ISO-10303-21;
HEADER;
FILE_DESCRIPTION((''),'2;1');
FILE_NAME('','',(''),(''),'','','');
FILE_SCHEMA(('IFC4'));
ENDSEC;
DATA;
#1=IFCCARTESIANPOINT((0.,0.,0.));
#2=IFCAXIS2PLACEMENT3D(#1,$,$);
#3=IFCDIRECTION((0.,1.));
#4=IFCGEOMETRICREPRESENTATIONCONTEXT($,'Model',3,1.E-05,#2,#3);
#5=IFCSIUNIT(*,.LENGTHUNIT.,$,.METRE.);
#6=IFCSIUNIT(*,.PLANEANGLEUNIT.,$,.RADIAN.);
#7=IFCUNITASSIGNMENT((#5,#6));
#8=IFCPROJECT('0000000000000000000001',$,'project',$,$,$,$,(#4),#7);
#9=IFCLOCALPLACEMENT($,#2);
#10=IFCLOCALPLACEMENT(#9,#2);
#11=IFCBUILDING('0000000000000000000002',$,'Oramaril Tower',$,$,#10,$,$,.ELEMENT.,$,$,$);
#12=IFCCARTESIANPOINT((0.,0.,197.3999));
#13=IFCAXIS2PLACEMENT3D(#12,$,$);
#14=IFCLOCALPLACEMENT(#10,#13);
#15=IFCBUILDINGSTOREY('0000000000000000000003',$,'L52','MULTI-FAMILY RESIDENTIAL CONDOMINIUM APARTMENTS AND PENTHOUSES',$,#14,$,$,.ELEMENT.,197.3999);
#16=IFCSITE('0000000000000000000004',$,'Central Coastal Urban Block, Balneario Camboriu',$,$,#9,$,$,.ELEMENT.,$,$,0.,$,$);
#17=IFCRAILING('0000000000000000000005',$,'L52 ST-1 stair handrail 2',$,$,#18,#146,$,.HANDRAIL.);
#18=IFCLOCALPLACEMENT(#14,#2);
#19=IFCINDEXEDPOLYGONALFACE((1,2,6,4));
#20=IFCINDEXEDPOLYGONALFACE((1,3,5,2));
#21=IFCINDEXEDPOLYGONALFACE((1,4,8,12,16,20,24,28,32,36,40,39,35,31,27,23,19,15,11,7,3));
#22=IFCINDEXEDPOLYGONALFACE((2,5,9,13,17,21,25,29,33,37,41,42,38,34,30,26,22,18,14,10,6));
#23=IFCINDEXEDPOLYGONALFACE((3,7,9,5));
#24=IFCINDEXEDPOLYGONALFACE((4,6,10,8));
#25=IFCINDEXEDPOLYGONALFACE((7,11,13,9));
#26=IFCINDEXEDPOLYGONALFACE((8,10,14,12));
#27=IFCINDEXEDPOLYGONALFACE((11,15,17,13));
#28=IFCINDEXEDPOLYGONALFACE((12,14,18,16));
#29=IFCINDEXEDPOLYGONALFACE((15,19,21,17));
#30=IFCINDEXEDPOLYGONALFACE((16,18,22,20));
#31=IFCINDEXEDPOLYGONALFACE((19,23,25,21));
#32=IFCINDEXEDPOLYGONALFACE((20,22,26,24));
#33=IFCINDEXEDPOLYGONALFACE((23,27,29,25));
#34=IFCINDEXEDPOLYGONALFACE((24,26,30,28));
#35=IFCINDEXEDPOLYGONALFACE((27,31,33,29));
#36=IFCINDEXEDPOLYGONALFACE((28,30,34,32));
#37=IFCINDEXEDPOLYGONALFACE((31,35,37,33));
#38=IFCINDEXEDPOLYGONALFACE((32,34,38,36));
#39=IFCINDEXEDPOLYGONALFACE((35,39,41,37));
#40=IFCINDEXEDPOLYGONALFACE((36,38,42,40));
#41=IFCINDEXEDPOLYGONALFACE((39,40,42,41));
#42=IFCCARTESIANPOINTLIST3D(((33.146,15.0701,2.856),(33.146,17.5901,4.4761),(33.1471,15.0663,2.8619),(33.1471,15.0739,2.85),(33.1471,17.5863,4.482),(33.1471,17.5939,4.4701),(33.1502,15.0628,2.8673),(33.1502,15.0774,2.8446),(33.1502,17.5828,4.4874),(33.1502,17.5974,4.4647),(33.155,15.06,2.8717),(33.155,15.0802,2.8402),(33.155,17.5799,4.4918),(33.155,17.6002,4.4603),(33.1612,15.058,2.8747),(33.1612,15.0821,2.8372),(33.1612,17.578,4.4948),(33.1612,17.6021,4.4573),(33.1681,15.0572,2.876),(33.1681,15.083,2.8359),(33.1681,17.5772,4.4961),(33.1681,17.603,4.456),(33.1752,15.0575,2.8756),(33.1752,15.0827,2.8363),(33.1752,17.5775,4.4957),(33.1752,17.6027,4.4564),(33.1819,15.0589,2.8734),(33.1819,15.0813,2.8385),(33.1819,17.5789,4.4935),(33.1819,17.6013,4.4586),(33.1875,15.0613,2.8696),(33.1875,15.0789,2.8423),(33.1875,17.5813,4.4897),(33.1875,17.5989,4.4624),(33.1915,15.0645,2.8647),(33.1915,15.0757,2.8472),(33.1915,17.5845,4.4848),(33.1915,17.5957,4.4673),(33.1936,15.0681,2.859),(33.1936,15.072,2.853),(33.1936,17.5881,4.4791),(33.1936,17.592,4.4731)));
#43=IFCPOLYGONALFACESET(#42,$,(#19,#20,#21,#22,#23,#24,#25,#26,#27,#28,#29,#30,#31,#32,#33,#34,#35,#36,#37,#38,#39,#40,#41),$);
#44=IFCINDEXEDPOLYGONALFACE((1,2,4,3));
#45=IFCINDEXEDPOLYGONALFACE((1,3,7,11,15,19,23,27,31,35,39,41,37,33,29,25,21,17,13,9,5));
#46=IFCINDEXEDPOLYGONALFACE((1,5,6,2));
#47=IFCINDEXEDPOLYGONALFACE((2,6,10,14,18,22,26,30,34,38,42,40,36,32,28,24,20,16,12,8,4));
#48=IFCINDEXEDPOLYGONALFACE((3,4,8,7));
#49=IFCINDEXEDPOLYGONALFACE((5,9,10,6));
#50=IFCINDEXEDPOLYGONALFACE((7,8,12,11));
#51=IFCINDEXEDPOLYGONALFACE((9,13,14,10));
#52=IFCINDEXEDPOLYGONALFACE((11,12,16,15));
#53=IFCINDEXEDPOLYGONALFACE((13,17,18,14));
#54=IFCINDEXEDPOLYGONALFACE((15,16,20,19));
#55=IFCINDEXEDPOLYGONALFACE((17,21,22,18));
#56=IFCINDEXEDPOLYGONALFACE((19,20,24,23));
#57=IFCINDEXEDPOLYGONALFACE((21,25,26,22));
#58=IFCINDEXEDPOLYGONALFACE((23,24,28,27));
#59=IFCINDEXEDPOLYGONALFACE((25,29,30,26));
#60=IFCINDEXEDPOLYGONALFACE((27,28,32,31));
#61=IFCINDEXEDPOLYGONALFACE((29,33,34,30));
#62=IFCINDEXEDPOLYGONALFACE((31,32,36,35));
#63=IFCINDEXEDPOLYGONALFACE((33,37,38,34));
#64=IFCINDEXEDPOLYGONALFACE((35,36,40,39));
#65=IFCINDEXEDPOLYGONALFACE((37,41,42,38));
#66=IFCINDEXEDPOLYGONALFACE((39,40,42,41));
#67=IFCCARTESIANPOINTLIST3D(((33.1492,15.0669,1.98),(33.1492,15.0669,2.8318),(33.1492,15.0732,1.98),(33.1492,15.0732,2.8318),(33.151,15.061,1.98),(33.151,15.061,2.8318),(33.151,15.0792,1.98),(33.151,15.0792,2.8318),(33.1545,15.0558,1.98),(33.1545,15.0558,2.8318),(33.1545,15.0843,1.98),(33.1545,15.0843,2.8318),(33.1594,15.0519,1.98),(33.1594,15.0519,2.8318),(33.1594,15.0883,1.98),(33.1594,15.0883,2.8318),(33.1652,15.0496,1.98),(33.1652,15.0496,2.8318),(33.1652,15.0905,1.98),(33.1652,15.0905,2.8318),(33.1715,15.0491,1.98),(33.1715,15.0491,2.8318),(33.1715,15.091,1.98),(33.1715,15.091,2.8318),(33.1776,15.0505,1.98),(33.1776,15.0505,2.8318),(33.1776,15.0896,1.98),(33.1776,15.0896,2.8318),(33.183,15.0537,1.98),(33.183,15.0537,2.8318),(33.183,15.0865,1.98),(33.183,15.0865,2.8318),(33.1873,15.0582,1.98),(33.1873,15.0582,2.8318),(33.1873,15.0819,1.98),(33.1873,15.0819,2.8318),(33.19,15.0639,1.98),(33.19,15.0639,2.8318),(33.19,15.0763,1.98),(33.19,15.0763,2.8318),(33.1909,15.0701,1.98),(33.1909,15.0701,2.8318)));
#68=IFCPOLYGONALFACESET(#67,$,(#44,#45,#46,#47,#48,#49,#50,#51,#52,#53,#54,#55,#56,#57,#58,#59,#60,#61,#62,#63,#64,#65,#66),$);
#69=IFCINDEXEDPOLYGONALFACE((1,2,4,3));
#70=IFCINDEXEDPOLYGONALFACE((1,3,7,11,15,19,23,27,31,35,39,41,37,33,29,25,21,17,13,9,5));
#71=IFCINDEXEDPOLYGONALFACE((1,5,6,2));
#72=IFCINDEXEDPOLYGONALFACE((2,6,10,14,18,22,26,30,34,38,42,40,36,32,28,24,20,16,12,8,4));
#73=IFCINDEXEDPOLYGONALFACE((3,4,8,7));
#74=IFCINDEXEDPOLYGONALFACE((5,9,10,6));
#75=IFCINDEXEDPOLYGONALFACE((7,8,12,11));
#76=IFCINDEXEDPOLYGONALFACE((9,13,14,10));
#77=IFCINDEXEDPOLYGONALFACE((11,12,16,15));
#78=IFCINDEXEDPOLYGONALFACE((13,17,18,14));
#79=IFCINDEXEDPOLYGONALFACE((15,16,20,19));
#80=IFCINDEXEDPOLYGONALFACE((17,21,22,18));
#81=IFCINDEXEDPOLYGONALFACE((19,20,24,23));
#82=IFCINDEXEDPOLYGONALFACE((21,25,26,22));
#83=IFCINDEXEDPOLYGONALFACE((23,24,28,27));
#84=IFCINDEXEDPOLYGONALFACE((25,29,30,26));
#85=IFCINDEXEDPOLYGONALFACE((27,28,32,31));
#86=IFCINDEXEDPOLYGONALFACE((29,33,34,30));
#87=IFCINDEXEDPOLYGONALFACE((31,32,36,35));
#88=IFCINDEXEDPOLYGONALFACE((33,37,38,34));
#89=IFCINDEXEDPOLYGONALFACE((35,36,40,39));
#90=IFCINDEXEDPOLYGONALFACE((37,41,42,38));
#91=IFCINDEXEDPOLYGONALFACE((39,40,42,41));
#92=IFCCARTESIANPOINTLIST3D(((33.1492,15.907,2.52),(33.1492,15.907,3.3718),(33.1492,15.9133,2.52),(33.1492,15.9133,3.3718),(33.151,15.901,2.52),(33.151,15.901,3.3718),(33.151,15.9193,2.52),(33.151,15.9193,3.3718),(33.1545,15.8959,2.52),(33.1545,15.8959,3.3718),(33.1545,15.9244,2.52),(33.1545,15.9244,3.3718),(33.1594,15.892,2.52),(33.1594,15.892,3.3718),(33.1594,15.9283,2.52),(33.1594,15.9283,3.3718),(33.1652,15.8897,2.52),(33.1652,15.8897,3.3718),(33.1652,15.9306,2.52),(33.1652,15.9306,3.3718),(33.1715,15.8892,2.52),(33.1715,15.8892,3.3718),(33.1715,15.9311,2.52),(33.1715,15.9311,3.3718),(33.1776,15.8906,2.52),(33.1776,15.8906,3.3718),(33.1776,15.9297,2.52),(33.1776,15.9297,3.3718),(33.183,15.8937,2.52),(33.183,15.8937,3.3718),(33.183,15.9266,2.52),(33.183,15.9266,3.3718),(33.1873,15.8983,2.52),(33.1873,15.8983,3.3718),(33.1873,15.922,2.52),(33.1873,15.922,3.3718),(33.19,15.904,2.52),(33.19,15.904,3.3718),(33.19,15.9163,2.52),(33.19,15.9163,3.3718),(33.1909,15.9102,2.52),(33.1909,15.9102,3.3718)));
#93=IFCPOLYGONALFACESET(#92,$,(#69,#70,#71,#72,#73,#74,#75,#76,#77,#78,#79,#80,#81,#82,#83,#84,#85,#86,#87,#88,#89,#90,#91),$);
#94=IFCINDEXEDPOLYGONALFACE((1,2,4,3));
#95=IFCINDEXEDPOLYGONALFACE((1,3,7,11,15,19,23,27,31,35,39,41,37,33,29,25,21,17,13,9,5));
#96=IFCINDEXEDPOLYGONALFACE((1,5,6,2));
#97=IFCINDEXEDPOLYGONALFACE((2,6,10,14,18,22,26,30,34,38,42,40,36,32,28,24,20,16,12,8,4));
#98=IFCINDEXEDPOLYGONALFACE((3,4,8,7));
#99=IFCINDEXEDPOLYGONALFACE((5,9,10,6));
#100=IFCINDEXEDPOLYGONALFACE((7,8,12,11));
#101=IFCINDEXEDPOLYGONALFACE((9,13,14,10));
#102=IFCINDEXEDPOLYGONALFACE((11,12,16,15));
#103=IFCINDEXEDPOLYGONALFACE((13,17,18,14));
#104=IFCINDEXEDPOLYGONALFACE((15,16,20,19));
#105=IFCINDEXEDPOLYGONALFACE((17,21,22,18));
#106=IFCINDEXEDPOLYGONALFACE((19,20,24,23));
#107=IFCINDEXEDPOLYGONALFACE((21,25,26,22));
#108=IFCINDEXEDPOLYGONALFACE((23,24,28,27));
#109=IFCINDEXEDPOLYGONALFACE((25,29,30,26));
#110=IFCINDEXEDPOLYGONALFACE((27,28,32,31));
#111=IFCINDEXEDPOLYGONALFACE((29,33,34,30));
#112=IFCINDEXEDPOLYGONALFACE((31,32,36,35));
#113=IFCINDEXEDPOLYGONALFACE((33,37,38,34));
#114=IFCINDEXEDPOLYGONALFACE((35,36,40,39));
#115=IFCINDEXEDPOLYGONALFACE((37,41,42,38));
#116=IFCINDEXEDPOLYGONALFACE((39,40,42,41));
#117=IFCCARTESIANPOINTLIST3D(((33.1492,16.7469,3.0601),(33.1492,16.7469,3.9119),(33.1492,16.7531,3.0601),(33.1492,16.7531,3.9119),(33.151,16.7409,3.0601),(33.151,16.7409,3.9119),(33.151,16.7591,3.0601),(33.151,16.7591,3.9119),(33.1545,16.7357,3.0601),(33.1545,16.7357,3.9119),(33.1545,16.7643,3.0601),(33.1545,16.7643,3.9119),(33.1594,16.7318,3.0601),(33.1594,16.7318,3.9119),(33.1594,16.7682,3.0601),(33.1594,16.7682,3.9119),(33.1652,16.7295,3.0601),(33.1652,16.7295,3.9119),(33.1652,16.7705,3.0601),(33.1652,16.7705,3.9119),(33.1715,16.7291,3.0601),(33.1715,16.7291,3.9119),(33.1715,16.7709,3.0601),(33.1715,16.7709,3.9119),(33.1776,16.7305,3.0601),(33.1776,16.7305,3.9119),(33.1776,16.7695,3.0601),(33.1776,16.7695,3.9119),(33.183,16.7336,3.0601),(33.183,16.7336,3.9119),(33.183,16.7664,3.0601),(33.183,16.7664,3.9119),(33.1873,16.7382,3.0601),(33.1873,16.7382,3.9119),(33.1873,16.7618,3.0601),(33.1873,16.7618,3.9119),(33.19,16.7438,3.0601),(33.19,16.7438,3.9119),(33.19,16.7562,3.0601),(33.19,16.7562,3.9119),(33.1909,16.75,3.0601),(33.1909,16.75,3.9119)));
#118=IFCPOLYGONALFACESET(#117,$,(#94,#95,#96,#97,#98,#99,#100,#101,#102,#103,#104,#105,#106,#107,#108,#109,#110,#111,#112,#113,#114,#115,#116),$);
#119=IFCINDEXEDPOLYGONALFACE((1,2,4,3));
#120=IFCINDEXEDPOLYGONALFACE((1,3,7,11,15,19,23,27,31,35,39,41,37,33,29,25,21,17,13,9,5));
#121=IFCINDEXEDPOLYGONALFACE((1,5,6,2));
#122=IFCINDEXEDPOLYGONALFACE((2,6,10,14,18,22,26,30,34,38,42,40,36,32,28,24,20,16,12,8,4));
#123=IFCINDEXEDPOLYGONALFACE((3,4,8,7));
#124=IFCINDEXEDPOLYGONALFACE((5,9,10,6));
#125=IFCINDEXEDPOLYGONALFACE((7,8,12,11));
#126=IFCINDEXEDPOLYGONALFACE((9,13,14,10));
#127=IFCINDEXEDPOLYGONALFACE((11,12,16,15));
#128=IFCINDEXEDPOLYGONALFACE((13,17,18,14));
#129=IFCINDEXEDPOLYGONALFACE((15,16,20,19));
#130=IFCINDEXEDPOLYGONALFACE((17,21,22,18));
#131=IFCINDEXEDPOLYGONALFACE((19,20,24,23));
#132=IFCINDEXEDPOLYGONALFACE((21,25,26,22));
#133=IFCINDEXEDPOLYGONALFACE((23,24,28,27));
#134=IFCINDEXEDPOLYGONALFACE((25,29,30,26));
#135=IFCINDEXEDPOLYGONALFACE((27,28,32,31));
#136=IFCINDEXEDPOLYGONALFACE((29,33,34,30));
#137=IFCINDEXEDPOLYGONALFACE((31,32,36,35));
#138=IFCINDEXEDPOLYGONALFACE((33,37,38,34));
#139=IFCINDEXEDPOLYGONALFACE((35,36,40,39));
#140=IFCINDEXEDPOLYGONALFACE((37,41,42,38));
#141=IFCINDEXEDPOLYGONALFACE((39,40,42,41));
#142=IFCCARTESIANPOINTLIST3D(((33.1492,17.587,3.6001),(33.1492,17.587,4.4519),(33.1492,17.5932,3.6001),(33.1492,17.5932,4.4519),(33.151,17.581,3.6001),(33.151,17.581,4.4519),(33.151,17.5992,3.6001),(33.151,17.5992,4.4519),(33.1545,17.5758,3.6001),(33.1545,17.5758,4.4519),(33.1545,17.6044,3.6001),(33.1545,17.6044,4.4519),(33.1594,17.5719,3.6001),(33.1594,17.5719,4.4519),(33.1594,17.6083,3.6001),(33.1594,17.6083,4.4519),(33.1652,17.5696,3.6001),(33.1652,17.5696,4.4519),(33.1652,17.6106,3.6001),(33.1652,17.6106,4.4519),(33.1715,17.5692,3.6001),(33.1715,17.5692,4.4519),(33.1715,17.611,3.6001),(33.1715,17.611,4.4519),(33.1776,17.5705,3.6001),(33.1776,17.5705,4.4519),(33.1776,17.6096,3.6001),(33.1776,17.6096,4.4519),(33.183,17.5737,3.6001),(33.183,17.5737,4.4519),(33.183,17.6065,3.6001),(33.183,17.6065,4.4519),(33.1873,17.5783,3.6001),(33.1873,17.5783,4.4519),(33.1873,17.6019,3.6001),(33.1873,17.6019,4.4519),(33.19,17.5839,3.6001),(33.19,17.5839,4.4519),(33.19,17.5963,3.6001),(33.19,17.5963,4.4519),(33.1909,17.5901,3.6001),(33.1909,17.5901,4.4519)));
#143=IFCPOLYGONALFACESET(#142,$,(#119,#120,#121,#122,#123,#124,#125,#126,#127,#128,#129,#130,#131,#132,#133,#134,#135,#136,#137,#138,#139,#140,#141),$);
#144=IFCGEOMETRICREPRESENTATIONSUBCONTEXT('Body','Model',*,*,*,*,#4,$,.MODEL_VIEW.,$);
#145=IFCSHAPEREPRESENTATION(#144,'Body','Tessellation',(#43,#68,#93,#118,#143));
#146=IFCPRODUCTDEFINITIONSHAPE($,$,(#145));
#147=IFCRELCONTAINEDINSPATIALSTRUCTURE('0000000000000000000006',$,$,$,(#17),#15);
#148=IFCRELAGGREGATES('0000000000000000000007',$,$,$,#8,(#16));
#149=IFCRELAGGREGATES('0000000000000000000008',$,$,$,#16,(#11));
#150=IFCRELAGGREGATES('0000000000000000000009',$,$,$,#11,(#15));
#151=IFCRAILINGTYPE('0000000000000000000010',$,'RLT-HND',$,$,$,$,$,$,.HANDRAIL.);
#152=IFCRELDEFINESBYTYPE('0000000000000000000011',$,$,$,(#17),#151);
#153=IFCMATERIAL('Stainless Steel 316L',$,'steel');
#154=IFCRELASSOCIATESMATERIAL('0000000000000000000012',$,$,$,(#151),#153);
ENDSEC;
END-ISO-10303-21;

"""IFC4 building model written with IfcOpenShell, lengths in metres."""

from ifc_helpers import new_model, si_unit, direction, frame, origin, origin_2d, place, context, subcontext, project, spatial, circle, extrude, material, type_object, element, save


model = new_model("IFC4")

# Units and contexts
model_context = context("Model", 3, precision=1e-05, world=origin(), true_north=direction((0.0, 1.0)))
body_context = subcontext(model_context, "Body", "Model", "MODEL_VIEW")
ifc_project = project(units=[si_unit("LENGTHUNIT", "METRE"), si_unit("PLANEANGLEUNIT", "RADIAN")], contexts=[model_context])

# Site, building, storey
site_placement = place(None, origin())
site = spatial("IfcSite", under=ifc_project, at=site_placement, Name="Central Coastal Urban Block, Balneario Camboriu", CompositionType="ELEMENT", RefElevation=0.0)
building_placement = place(site_placement, origin())
building = spatial("IfcBuilding", under=site, at=building_placement, Name="Oramaril Tower", CompositionType="ELEMENT")
storey_placement = place(building_placement, frame((0.0, 0.0, 197.3999)))
storey = spatial("IfcBuildingStorey", under=building, at=storey_placement, Name="L52", Description="MULTI-FAMILY RESIDENTIAL CONDOMINIUM APARTMENTS AND PENTHOUSES", CompositionType="ELEMENT", Elevation=197.3999)

# Railing
ifc_material_1 = material(Name="Stainless Steel 316L", Category="steel")
railing_type_1 = type_object("IfcRailingType", Name="RLT-HND", PredefinedType="HANDRAIL", material=ifc_material_1)
railing_1_placement = place(storey_placement, frame((33.1699, 15.0701, 1.98)))
element("IfcRailing", 1, at=railing_1_placement, inside=storey, type_object=railing_type_1, Name="L52 ST-1 stair handrail 2", PredefinedType="HANDRAIL", context=body_context, shape_type="SweptSolid", body=[
    extrude(circle(Radius=0.0239, at=origin_2d()), frame((0.0, 0.0, 0.876), z_axis=(0.0, 0.841163, 0.540782), x_axis=(-1.0, 0.0, 0.0)), (0.0, 0.0, 1.0), 2.9958),
    extrude(circle(Radius=0.021, at=origin_2d()), origin(), (0.0, 0.0, 1.0), 0.8518),
    extrude(circle(Radius=0.021, at=origin_2d()), frame((0.0, 0.8401, 0.54)), (0.0, 0.0, 1.0), 0.8518),
    extrude(circle(Radius=0.021, at=origin_2d()), frame((0.0, 1.6799, 1.0801)), (0.0, 0.0, 1.0), 0.8518),
    extrude(circle(Radius=0.021, at=origin_2d()), frame((0.0, 2.52, 1.6201)), (0.0, 0.0, 1.0), 0.8518),
])

save(model, "model.ifc")
